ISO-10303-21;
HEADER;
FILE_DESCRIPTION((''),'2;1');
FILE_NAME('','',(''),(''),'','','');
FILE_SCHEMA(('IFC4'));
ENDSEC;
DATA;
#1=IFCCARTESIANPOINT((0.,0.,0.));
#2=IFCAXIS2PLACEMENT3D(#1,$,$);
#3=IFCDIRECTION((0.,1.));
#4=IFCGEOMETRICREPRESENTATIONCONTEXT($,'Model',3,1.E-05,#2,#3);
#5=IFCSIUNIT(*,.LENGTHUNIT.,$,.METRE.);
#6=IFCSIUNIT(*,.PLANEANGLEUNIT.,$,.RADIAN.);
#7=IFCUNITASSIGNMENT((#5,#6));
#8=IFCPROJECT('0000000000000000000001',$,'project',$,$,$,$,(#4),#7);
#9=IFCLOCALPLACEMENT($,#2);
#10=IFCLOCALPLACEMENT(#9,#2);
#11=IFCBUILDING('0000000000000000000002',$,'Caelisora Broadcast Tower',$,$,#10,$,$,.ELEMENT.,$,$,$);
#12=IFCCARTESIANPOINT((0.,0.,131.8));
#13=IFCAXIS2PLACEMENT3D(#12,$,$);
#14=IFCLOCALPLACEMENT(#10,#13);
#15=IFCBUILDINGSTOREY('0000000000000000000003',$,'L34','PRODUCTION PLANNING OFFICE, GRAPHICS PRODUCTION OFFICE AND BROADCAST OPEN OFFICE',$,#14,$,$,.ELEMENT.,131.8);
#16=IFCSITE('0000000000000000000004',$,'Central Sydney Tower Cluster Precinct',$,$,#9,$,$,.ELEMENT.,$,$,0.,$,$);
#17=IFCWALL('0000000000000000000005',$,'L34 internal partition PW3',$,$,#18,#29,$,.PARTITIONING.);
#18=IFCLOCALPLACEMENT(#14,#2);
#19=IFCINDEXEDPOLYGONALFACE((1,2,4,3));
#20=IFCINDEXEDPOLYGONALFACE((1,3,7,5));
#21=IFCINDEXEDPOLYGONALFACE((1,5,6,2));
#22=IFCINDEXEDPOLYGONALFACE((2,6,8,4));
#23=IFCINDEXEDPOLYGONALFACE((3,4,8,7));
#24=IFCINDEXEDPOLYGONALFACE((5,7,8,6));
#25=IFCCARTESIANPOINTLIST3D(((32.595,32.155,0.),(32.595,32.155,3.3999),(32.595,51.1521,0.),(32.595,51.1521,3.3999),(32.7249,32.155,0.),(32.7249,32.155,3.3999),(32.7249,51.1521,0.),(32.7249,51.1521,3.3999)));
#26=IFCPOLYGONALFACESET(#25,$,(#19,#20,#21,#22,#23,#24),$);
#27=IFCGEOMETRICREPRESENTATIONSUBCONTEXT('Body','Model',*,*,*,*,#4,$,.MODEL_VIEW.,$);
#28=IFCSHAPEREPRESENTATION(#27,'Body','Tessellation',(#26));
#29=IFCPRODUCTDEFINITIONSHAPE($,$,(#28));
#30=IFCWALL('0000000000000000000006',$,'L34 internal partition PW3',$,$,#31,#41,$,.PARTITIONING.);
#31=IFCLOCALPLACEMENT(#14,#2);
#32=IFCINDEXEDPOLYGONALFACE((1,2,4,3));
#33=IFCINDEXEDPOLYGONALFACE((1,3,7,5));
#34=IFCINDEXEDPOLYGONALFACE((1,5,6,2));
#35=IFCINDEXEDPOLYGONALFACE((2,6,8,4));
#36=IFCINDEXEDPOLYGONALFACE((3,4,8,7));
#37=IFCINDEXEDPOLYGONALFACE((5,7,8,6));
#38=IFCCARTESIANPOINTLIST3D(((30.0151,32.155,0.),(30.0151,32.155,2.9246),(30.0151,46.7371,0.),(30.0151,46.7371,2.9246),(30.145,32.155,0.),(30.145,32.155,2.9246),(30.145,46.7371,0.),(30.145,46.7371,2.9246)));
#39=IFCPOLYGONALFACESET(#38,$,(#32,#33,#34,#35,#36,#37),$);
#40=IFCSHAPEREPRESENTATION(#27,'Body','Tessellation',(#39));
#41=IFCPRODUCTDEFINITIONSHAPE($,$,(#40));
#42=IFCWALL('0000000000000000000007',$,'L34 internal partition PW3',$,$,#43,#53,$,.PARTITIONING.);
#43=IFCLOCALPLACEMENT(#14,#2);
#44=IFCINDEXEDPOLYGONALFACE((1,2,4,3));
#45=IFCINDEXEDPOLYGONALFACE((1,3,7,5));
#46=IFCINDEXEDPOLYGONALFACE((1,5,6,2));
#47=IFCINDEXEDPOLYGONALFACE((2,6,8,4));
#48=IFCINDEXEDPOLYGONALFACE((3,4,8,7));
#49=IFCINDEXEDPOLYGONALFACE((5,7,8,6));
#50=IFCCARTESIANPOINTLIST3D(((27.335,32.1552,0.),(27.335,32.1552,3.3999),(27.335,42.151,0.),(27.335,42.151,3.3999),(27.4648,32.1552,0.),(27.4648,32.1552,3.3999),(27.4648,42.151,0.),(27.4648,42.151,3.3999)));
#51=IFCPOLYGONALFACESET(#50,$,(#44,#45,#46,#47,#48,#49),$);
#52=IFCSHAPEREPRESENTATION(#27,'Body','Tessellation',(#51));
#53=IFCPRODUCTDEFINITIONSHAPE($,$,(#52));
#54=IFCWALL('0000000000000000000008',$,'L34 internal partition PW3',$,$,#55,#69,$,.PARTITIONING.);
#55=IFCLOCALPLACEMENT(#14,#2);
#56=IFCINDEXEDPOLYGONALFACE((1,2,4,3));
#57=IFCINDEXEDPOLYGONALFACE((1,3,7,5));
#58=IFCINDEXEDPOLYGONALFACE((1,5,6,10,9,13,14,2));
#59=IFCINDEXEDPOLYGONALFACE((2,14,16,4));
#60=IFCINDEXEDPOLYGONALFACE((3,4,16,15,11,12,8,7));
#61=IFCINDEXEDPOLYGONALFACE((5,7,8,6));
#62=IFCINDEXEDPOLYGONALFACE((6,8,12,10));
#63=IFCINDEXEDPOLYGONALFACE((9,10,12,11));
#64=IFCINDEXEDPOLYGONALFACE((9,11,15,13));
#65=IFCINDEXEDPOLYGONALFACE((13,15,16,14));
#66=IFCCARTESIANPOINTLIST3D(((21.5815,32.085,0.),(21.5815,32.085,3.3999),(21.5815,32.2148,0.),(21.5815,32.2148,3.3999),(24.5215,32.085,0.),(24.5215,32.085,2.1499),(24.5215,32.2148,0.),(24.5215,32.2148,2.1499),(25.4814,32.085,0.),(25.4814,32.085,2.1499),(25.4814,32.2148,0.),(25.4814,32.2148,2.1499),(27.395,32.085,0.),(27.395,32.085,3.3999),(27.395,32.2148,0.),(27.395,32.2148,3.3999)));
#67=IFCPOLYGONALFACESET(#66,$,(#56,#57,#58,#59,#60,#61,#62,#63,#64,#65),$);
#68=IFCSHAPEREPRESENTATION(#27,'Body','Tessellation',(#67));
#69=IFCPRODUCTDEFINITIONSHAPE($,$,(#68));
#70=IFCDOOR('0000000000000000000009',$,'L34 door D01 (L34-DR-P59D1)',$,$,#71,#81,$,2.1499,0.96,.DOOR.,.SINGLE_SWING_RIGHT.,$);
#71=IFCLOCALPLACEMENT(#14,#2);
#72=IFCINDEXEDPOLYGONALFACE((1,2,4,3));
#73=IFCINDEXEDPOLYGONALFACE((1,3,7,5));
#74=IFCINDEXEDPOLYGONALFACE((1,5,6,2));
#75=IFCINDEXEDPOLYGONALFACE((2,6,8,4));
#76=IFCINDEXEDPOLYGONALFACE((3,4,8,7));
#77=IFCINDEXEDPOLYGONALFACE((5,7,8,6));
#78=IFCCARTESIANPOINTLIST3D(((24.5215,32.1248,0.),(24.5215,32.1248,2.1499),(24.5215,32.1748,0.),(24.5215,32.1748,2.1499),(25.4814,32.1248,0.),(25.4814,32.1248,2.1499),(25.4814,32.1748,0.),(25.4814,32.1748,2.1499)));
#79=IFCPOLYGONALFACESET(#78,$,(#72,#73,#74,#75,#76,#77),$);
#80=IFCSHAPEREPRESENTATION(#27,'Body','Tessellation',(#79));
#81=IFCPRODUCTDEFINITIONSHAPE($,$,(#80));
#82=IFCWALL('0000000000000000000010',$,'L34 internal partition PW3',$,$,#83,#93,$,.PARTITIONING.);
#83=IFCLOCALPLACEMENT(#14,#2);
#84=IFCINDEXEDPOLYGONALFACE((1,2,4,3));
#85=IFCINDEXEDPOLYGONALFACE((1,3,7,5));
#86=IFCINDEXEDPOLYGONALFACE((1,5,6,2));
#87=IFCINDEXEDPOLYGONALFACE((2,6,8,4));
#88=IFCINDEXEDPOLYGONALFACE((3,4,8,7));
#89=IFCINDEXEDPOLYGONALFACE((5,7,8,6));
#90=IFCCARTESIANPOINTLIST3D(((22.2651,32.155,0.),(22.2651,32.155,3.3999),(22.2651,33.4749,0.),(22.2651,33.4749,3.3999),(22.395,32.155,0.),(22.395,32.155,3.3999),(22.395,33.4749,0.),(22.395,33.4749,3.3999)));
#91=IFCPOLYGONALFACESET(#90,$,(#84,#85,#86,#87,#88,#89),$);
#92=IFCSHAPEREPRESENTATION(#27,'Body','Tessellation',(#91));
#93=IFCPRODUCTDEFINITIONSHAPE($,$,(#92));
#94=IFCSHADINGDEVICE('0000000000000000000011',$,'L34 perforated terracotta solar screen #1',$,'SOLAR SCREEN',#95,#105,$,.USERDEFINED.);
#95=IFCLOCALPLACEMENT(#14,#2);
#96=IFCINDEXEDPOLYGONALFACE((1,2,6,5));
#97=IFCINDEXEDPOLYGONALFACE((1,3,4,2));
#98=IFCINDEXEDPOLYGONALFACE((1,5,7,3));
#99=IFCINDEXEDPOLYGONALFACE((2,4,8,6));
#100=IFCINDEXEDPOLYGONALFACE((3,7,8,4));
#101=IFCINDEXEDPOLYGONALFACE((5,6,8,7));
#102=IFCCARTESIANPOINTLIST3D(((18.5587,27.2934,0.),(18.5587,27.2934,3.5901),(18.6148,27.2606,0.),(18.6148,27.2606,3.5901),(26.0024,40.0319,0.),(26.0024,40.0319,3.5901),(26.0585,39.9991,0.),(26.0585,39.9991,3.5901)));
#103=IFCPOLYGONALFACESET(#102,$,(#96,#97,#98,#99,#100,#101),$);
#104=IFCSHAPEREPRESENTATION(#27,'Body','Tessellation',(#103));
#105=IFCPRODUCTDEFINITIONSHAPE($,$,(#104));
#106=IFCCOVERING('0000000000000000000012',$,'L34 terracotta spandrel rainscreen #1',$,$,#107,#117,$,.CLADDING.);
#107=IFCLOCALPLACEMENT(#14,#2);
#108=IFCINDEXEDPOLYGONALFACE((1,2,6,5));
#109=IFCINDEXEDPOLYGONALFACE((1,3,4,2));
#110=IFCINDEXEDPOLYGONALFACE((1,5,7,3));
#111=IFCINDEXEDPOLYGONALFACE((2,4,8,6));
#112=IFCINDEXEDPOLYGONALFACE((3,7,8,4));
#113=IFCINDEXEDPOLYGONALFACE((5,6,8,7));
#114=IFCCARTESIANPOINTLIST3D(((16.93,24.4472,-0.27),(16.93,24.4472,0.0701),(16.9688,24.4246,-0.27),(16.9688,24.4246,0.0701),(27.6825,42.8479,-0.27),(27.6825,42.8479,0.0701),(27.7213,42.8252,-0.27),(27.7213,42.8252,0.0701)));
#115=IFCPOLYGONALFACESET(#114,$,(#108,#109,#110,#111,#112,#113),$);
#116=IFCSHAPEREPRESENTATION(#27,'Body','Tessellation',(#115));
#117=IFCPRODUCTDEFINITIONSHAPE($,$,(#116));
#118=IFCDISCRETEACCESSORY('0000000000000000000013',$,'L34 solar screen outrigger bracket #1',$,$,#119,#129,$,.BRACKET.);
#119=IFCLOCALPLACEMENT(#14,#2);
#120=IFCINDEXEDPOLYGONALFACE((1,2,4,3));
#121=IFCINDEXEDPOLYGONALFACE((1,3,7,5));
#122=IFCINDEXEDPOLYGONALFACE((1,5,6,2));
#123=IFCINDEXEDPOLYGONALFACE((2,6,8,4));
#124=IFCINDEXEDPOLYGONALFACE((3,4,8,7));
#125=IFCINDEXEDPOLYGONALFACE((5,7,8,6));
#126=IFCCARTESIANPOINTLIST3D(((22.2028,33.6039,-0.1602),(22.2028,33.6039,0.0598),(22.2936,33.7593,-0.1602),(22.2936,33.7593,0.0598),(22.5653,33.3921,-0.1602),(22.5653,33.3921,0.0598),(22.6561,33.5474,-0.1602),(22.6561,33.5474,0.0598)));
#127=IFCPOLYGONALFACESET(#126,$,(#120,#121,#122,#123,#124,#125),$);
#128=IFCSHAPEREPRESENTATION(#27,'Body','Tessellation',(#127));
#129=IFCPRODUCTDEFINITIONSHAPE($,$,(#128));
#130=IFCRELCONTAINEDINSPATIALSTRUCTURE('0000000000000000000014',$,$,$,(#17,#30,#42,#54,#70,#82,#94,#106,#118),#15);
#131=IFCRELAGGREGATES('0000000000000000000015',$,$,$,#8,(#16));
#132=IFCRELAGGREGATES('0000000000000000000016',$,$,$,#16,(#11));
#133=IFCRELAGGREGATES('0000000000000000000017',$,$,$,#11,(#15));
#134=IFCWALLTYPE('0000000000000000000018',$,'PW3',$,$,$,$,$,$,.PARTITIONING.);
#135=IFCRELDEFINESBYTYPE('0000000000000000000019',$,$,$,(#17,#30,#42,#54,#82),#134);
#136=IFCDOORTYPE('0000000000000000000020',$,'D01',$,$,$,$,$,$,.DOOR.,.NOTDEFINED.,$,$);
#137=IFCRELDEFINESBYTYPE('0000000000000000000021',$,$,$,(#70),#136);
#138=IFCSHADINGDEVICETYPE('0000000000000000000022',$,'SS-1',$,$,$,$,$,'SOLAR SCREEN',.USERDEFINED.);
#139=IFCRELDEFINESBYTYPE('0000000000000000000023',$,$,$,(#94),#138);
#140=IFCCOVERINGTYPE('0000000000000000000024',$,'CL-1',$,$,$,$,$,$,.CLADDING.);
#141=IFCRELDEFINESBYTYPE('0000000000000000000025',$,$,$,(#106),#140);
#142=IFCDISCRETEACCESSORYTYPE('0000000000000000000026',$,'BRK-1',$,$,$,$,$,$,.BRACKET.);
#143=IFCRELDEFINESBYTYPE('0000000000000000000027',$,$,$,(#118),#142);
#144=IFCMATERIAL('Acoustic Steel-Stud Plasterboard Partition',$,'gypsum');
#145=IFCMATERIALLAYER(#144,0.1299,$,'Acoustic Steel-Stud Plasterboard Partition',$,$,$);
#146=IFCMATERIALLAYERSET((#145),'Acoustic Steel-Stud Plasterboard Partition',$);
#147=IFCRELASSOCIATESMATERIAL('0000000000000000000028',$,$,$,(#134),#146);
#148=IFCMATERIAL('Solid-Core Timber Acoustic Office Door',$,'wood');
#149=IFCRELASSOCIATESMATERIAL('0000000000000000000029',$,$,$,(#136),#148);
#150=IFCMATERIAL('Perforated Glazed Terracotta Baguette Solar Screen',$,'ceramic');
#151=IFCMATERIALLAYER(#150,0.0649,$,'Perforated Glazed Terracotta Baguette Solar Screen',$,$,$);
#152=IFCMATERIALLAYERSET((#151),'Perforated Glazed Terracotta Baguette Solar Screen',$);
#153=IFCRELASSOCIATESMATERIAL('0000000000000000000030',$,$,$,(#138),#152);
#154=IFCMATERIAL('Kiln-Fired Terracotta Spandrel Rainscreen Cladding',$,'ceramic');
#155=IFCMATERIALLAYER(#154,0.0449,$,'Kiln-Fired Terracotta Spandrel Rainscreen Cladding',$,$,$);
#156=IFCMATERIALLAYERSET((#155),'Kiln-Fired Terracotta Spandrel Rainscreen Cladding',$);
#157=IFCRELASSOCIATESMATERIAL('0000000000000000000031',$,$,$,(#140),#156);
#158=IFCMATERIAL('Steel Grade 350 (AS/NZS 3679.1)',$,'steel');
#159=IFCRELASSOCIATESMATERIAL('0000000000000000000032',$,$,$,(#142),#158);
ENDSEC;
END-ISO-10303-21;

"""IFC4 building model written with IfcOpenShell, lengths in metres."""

from ifc_helpers import new_model, si_unit, direction, frame, frame_2d, origin, origin_2d, place, context, subcontext, project, spatial, rectangle, extrude, source, transform, mapped, material, layer, layer_set, type_object, type_shapes, element, fill, save


model = new_model("IFC4")

# Units and contexts
model_context = context("Model", 3, precision=1e-05, world=origin(), true_north=direction((0.0, 1.0)))
body_context = subcontext(model_context, "Body", "Model", "MODEL_VIEW")
ifc_project = project(units=[si_unit("LENGTHUNIT", "METRE"), si_unit("PLANEANGLEUNIT", "RADIAN")], contexts=[model_context])

# Site, building, storey
site_placement = place(None, origin())
site = spatial("IfcSite", under=ifc_project, at=site_placement, Name="Central Sydney Tower Cluster Precinct", CompositionType="ELEMENT", RefElevation=0.0)
building_placement = place(site_placement, origin())
building = spatial("IfcBuilding", under=site, at=building_placement, Name="Caelisora Broadcast Tower", CompositionType="ELEMENT")
storey_placement = place(building_placement, frame((0.0, 0.0, 131.8)))
storey = spatial("IfcBuildingStorey", under=building, at=storey_placement, Name="L34", Description="PRODUCTION PLANNING OFFICE, GRAPHICS PRODUCTION OFFICE AND BROADCAST OPEN OFFICE", CompositionType="ELEMENT", Elevation=131.8)

# Shared definitions
ifc_material_1 = material(Name="Steel Grade 350 (AS/NZS 3679.1)", Category="steel")

# Walls
ifc_material_2 = material(Name="Acoustic Steel-Stud Plasterboard Partition", Category="gypsum")
ifc_layer_1 = layer(ifc_material_2, 0.1299, Name="Acoustic Steel-Stud Plasterboard Partition")
ifc_layer_set_1 = layer_set([ifc_layer_1], Name="Acoustic Steel-Stud Plasterboard Partition")
wall_type = type_object("IfcWallType", Name="PW3", PredefinedType="PARTITIONING", material=ifc_layer_set_1)
wall_1_placement = place(storey_placement, frame((32.6599, 32.155, 0.0), z_axis=(0.0, 0.0, 1.0), x_axis=(0.0, 1.0, 0.0)))
element("IfcWall", 1, at=wall_1_placement, inside=storey, type_object=wall_type, Name="L34 internal partition PW3", PredefinedType="PARTITIONING", context=body_context, shape_type="SweptSolid", body=[
    extrude(rectangle(XDim=18.9971, YDim=0.1299, at=frame_2d((9.4985, 0.0))), origin(), (0.0, 0.0, 1.0), 3.3999),
])
wall_2_placement = place(storey_placement, frame((30.0801, 32.155, 0.0), z_axis=(0.0, 0.0, 1.0), x_axis=(0.0, 1.0, 0.0)))
element("IfcWall", 2, at=wall_2_placement, inside=storey, type_object=wall_type, Name="L34 internal partition PW3", PredefinedType="PARTITIONING", context=body_context, shape_type="SweptSolid", body=[
    extrude(rectangle(XDim=14.582, YDim=0.1299, at=frame_2d((7.291, 0.0))), origin(), (0.0, 0.0, 1.0), 2.9246),
])
wall_3_placement = place(storey_placement, frame((27.3999, 32.155, 0.0), z_axis=(0.0, 0.0, 1.0), x_axis=(0.0, 1.0, 0.0)))
element("IfcWall", 3, at=wall_3_placement, inside=storey, type_object=wall_type, Name="L34 internal partition PW3", PredefinedType="PARTITIONING", context=body_context, shape_type="SweptSolid", body=[
    extrude(rectangle(XDim=9.9958, YDim=0.1299, at=frame_2d((4.998, 0.0))), origin(), (0.0, 0.0, 1.0), 3.3999),
])

# Wall, opening, door
wall_4_placement = place(storey_placement, frame((21.5815, 32.1499, 0.0), z_axis=(0.0, 0.0, 1.0), x_axis=(1.0, 0.0, 0.0)))
wall_4 = element("IfcWall", 4, at=wall_4_placement, inside=storey, type_object=wall_type, Name="L34 internal partition PW3", PredefinedType="PARTITIONING", context=body_context, shape_type="SweptSolid", body=[
    extrude(rectangle(XDim=5.8135, YDim=0.1299, at=frame_2d((2.9067, 0.0))), origin(), (0.0, 0.0, 1.0), 3.3999),
])
opening_1_placement = place(wall_4_placement, frame((2.9399, 0.0, 0.0)))
opening_1 = element("IfcOpeningElement", 5, at=opening_1_placement, cuts=wall_4, PredefinedType="OPENING", context=body_context, shape_type="SweptSolid", body=[
    extrude(rectangle(XDim=0.96, YDim=2.1499, at=frame_2d((0.48, 1.075))), frame((0.0, 0.0769, 0.0), z_axis=(0.0, -1.0, 0.0), x_axis=(1.0, 0.0, 0.0)), (0.0, 0.0, 1.0), 0.1538),
])
ifc_material_3 = material(Name="Solid-Core Timber Acoustic Office Door", Category="wood")
door_type = type_object("IfcDoorType", Name="D01", OperationType="NOTDEFINED", PredefinedType="DOOR", material=ifc_material_3)
door_1_placement = place(opening_1_placement, origin())
door_1 = element("IfcDoor", 6, at=door_1_placement, inside=storey, type_object=door_type, Name="L34 door D01 (L34-DR-P59D1)", OperationType="SINGLE_SWING_RIGHT", OverallHeight=2.1499, OverallWidth=0.96, PredefinedType="DOOR", context=body_context, shape_type="SweptSolid", body=[
    extrude(rectangle(XDim=0.96, YDim=2.1499, at=frame_2d((0.48, 1.075))), frame((0.0, 0.0249, 0.0), z_axis=(0.0, -1.0, 0.0), x_axis=(1.0, 0.0, 0.0)), (0.0, 0.0, 1.0), 0.05),
])
fill(opening_1, door_1)

# Wall
wall_5_placement = place(storey_placement, frame((22.3301, 32.155, 0.0), z_axis=(0.0, 0.0, 1.0), x_axis=(0.0, 1.0, 0.0)))
element("IfcWall", 7, at=wall_5_placement, inside=storey, type_object=wall_type, Name="L34 internal partition PW3", PredefinedType="PARTITIONING", context=body_context, shape_type="SweptSolid", body=[
    extrude(rectangle(XDim=1.3198, YDim=0.1299, at=frame_2d((0.6599, 0.0))), origin(), (0.0, 0.0, 1.0), 3.3999),
])

# Shading device
ifc_material_4 = material(Name="Perforated Glazed Terracotta Baguette Solar Screen", Category="ceramic")
ifc_layer_2 = layer(ifc_material_4, 0.0649, Name="Perforated Glazed Terracotta Baguette Solar Screen")
ifc_layer_set_2 = layer_set([ifc_layer_2], Name="Perforated Glazed Terracotta Baguette Solar Screen")
shading_device_type = type_object("IfcShadingDeviceType", Name="SS-1", ElementType="SOLAR SCREEN", PredefinedType="USERDEFINED", material=ifc_layer_set_2)
shared_shape_1 = source(origin(), body_context, "Body", "SweptSolid", [
    extrude(rectangle(XDim=14.7539, YDim=0.0649, at=origin_2d()), origin(), (0.0, 0.0, 1.0), 3.5901),
])
type_shapes(shading_device_type, [shared_shape_1])
shading_device_placement = place(storey_placement, frame((22.3086, 33.6462, 0.0), z_axis=(0.0, 0.0, 1.0), x_axis=(-0.504528, -0.863396, 0.0)))
element("IfcShadingDevice", 8, at=shading_device_placement, inside=storey, type_object=shading_device_type, Name="L34 perforated terracotta solar screen #1", ObjectType="SOLAR SCREEN", PredefinedType="USERDEFINED", context=body_context, shape_type="MappedRepresentation", body=[
    mapped(shared_shape_1, transform((0.0, 0.0, 0.0), scale=1.0)),
])

# Covering
ifc_material_5 = material(Name="Kiln-Fired Terracotta Spandrel Rainscreen Cladding", Category="ceramic")
ifc_layer_3 = layer(ifc_material_5, 0.0449, Name="Kiln-Fired Terracotta Spandrel Rainscreen Cladding")
ifc_layer_set_3 = layer_set([ifc_layer_3], Name="Kiln-Fired Terracotta Spandrel Rainscreen Cladding")
covering_type = type_object("IfcCoveringType", Name="CL-1", PredefinedType="CLADDING", material=ifc_layer_set_3)
shared_shape_2 = source(origin(), body_context, "Body", "SweptSolid", [
    extrude(rectangle(XDim=21.312, YDim=0.0449, at=origin_2d()), origin(), (0.0, 0.0, 1.0), 0.3401),
])
type_shapes(covering_type, [shared_shape_2])
covering_placement = place(storey_placement, frame((22.3257, 33.6362, -0.27), z_axis=(0.0, 0.0, 1.0), x_axis=(-0.504528, -0.863396, 0.0)))
element("IfcCovering", 9, at=covering_placement, inside=storey, type_object=covering_type, Name="L34 terracotta spandrel rainscreen #1", PredefinedType="CLADDING", context=body_context, shape_type="MappedRepresentation", body=[
    mapped(shared_shape_2, transform((0.0, 0.0, 0.0), scale=1.0)),
])

# Discrete accessory
discrete_accessory_type = type_object("IfcDiscreteAccessoryType", Name="BRK-1", PredefinedType="BRACKET", material=ifc_material_1)
shared_shape_3 = source(origin(), body_context, "Body", "SweptSolid", [
    extrude(rectangle(XDim=0.1799, YDim=0.4199, at=origin_2d()), origin(), (0.0, 0.0, 1.0), 0.22),
])
type_shapes(discrete_accessory_type, [shared_shape_3])
discrete_accessory_placement = place(storey_placement, frame((22.4294, 33.5757, -0.1602), z_axis=(0.0, 0.0, 1.0), x_axis=(-0.504528, -0.863396, 0.0)))
element("IfcDiscreteAccessory", 10, at=discrete_accessory_placement, inside=storey, type_object=discrete_accessory_type, Name="L34 solar screen outrigger bracket #1", PredefinedType="BRACKET", context=body_context, shape_type="MappedRepresentation", body=[
    mapped(shared_shape_3, transform((0.0, 0.0, 0.0), scale=1.0)),
])

save(model, "model.ifc")
